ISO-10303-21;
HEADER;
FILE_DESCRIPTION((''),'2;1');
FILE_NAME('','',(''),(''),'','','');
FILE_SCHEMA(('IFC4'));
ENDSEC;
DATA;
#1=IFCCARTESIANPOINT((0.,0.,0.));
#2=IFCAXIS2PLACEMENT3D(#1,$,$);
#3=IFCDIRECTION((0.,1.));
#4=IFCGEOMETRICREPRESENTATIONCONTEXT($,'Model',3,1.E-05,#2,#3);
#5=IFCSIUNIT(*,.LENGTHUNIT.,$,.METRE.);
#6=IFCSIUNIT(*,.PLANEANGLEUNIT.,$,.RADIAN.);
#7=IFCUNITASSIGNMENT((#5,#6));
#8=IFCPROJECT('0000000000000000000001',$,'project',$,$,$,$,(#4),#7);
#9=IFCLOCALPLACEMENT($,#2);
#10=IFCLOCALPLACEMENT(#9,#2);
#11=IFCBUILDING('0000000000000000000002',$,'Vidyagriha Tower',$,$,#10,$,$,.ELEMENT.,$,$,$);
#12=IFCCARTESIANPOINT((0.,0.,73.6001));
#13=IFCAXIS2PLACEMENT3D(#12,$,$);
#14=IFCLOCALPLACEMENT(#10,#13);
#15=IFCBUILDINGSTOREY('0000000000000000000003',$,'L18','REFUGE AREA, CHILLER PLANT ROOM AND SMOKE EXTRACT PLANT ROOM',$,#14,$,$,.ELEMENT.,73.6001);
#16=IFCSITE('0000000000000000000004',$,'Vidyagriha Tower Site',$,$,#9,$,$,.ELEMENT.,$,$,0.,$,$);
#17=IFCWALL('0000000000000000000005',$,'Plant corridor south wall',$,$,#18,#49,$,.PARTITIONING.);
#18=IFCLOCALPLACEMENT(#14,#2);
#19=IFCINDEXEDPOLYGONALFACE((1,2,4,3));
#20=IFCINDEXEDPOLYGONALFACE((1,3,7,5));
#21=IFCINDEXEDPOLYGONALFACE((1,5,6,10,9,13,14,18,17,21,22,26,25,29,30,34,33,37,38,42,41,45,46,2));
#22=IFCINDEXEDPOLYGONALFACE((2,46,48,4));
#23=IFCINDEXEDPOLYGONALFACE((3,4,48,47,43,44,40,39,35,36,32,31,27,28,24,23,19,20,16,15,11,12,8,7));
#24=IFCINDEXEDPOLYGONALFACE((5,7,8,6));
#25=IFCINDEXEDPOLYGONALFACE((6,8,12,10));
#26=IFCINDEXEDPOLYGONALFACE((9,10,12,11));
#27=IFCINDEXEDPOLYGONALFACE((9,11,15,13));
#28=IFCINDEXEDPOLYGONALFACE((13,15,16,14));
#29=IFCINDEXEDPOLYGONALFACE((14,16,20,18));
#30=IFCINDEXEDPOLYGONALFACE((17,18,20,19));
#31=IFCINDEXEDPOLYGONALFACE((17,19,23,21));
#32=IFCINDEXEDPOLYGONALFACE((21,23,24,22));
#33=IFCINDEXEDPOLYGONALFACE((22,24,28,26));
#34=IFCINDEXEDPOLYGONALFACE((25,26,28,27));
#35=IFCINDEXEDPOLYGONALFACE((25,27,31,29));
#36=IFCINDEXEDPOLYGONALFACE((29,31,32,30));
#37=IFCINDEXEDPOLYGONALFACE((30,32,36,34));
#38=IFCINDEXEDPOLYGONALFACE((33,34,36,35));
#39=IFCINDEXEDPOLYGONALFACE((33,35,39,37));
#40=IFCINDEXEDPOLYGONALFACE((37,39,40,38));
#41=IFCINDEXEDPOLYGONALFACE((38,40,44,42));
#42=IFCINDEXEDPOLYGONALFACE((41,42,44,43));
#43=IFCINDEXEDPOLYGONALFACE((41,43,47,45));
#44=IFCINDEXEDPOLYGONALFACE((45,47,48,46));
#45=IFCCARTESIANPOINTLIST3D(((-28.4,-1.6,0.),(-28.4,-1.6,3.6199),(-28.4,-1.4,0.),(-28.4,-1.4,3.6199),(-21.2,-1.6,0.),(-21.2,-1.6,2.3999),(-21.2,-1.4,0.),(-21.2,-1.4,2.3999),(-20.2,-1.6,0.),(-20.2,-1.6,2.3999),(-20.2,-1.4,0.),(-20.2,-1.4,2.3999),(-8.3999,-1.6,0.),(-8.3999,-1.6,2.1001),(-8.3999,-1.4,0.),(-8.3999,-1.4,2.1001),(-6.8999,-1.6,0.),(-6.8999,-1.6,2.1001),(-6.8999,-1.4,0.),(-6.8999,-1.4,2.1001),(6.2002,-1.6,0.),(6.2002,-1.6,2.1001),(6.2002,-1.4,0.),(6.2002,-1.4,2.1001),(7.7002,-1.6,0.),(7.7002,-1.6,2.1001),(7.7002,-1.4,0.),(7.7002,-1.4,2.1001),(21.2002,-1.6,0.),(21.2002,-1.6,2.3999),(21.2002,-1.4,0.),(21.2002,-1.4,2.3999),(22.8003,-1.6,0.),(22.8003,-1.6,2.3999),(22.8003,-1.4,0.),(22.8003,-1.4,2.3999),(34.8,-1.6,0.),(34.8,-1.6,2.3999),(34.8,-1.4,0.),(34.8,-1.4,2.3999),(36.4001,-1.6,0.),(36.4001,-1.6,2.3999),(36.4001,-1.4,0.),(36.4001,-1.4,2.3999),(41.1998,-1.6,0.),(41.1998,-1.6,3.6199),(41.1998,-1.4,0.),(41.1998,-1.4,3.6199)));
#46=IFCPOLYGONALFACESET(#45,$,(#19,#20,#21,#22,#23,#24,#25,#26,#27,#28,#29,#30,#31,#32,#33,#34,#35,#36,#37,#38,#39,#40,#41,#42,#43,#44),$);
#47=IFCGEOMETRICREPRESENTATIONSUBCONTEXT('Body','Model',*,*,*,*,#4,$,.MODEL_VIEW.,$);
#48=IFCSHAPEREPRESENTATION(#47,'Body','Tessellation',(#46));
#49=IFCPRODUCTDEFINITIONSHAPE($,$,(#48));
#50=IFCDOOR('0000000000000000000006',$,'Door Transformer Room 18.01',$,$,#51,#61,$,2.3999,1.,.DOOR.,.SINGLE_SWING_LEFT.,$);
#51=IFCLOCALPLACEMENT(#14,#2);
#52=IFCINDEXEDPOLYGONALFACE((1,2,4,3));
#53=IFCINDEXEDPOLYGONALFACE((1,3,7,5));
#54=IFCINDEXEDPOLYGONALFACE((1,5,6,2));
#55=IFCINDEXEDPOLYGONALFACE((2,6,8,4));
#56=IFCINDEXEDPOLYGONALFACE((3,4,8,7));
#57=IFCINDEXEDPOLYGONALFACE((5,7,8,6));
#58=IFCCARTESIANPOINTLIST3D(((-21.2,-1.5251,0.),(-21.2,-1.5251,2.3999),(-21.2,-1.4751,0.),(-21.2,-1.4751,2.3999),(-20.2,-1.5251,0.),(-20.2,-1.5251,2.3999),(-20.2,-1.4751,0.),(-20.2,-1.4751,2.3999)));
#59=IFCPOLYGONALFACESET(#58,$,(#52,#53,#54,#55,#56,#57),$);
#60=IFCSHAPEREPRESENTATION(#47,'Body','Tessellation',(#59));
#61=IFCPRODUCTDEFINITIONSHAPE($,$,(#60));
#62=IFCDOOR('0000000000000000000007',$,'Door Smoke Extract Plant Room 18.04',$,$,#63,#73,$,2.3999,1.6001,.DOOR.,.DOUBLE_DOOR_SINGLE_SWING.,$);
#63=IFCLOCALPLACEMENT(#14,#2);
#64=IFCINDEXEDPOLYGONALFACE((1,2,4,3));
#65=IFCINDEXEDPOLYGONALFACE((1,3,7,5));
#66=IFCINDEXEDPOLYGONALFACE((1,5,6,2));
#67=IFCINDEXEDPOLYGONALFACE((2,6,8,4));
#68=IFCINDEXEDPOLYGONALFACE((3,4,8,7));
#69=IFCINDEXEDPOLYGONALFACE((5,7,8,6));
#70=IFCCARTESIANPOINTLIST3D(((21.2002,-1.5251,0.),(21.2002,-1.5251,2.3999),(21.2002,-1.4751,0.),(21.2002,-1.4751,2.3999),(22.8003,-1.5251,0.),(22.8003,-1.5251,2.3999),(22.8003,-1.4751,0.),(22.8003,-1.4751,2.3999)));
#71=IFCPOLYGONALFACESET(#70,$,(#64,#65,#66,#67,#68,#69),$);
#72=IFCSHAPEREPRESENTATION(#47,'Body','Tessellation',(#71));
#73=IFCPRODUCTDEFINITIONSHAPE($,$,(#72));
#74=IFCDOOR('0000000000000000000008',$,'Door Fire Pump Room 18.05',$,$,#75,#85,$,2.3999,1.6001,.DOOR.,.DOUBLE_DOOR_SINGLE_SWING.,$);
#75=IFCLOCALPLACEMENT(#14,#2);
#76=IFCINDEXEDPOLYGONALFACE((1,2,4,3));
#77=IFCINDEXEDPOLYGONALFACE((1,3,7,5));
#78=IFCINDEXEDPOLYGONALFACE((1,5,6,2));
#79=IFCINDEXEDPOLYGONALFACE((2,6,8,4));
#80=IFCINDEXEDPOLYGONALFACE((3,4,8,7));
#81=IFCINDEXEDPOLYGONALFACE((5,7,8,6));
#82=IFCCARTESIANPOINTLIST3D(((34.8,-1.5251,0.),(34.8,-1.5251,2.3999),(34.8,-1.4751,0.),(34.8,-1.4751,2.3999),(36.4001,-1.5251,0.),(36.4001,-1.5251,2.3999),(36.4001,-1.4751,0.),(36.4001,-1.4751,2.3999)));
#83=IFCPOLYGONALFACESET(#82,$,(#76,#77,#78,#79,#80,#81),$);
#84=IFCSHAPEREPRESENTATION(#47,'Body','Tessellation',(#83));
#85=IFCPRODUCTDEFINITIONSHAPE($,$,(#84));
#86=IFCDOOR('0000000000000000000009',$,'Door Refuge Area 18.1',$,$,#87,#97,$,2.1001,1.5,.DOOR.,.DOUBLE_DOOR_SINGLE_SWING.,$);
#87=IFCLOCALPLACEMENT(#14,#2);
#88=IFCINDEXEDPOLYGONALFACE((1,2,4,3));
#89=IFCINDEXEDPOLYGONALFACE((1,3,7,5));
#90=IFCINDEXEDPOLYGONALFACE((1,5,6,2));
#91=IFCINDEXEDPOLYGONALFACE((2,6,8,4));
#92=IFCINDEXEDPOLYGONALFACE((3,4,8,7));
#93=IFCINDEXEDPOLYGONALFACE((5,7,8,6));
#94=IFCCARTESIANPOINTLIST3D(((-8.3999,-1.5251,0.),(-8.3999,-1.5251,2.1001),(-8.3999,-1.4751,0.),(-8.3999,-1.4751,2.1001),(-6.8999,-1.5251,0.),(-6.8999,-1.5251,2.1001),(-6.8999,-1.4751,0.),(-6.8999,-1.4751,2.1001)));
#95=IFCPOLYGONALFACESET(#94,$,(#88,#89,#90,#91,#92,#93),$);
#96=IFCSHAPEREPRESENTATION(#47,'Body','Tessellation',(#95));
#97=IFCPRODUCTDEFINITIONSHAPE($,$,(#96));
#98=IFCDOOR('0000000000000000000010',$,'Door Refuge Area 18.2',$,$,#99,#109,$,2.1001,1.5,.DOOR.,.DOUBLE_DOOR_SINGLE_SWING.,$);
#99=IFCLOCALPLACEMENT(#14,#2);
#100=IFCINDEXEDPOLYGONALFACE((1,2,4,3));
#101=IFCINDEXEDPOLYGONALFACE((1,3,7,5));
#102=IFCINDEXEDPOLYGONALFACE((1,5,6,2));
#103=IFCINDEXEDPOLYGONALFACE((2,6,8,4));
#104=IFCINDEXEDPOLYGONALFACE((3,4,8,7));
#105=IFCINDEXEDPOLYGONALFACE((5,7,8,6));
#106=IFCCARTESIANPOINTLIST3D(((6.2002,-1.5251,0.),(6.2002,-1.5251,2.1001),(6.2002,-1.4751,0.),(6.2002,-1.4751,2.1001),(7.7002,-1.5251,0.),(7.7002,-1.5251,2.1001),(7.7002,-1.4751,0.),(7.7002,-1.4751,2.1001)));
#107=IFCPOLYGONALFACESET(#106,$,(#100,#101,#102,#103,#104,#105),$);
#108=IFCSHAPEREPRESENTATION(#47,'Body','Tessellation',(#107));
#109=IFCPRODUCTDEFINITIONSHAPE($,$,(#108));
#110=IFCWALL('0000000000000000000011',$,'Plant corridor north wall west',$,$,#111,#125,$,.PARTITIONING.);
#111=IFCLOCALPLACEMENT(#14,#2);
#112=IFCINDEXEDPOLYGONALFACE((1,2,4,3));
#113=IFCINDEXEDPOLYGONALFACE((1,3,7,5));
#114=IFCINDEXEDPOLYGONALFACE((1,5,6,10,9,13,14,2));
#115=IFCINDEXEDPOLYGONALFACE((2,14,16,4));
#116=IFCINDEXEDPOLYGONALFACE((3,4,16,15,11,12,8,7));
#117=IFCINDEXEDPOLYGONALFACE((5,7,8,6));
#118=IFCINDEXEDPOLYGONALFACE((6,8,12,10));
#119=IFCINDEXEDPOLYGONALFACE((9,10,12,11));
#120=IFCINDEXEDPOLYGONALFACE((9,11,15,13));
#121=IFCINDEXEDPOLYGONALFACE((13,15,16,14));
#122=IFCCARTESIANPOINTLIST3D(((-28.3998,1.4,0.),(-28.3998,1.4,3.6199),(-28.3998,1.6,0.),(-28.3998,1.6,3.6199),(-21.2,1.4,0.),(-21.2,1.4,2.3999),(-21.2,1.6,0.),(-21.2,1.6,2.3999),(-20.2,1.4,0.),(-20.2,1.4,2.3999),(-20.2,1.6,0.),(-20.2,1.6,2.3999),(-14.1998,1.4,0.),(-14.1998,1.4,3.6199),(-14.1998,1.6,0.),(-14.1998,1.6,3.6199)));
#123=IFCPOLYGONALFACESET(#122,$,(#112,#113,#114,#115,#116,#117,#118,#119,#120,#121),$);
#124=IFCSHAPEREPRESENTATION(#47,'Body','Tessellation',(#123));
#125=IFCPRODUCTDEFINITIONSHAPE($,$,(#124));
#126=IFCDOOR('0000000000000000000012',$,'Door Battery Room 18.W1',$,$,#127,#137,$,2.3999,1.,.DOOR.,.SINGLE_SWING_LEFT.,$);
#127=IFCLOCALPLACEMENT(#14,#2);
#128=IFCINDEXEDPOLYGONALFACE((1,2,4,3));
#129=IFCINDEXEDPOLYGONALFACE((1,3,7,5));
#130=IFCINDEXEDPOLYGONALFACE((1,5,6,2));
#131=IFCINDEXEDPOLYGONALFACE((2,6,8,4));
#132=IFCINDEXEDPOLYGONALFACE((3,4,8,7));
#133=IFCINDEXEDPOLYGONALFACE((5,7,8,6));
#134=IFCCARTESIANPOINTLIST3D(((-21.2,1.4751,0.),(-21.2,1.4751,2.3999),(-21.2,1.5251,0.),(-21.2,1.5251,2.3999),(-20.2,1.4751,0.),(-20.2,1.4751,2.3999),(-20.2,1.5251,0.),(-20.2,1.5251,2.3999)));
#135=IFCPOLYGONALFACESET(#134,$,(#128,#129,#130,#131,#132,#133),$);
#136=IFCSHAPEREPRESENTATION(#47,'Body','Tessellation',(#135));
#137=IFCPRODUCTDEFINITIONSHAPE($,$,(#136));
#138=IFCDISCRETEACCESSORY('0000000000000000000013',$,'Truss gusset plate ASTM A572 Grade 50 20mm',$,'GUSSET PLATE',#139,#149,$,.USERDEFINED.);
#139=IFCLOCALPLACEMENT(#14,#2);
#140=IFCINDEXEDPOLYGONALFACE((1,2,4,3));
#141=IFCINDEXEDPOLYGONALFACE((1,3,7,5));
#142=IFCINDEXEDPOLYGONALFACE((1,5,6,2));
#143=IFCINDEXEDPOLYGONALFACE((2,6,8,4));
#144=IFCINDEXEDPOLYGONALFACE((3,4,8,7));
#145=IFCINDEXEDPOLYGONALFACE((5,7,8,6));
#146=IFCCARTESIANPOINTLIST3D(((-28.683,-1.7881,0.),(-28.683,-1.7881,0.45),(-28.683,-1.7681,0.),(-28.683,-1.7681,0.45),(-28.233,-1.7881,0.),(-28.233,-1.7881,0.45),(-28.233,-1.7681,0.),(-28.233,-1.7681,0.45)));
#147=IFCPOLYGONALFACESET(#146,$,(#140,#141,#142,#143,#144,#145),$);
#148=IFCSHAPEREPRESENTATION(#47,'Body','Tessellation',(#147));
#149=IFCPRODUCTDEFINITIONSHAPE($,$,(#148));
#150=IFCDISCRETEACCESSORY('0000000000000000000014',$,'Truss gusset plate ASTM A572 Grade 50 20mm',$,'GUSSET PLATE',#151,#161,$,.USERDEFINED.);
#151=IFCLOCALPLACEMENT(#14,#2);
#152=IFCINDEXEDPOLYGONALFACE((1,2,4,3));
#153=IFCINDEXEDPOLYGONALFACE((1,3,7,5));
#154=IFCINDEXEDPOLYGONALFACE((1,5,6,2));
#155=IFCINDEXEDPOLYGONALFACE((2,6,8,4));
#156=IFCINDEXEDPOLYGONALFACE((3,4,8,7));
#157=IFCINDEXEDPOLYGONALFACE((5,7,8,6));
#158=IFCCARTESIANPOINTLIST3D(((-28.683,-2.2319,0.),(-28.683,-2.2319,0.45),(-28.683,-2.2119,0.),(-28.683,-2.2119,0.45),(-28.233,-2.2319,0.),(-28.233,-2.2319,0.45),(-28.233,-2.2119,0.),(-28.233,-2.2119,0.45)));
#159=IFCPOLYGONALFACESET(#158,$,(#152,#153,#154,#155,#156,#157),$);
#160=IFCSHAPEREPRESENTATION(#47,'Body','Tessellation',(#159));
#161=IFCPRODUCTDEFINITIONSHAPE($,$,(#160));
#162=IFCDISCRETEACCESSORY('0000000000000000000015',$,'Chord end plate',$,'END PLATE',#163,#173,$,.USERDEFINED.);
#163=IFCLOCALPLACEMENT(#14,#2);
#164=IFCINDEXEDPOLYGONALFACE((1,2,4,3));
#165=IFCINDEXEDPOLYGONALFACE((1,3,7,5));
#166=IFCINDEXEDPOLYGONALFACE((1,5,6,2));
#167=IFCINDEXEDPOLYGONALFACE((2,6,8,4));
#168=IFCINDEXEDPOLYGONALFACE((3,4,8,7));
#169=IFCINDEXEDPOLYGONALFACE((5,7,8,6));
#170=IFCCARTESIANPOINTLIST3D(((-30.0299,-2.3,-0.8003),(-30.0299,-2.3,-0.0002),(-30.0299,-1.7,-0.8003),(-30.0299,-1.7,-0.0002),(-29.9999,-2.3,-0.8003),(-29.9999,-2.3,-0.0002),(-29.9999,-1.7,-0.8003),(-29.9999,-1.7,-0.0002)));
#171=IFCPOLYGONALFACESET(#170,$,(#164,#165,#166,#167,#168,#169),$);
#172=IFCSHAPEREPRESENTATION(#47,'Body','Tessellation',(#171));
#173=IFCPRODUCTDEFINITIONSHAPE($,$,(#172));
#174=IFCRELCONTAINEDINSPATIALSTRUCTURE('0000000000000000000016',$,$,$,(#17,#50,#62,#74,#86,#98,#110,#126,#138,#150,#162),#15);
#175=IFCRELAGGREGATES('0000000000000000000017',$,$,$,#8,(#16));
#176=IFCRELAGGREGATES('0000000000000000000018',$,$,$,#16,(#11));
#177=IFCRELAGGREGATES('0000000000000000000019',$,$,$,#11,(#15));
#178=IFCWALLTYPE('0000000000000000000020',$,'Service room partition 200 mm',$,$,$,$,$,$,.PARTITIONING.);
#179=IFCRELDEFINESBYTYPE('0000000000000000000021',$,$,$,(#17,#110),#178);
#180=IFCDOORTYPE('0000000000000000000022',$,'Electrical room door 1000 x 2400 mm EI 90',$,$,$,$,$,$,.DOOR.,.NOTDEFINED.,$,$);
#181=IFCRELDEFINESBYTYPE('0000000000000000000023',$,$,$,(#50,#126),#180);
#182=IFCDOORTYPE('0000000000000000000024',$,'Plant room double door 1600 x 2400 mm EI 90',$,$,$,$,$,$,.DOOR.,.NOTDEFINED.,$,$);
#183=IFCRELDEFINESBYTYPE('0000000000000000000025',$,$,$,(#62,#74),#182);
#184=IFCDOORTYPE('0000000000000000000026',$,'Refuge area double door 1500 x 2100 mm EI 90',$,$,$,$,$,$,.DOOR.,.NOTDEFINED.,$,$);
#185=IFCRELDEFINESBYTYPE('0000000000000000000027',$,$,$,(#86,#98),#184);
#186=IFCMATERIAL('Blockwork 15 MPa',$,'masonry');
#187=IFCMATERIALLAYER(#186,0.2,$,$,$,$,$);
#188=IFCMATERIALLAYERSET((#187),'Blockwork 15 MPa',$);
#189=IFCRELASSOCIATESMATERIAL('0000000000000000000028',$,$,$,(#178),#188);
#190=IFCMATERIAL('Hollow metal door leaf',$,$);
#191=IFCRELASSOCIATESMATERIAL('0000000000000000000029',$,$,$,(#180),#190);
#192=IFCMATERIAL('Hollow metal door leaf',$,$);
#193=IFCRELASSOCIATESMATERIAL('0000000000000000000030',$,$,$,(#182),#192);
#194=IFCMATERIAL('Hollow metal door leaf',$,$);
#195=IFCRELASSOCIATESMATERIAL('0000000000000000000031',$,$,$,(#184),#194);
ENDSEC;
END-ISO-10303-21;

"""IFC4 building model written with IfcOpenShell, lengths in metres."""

from ifc_helpers import new_model, si_unit, direction, frame, frame_2d, origin, origin_2d, place, context, subcontext, project, spatial, rectangle, extrude, material, layer, layer_set, type_object, element, fill, save


model = new_model("IFC4")

# Units and contexts
model_context = context("Model", 3, precision=1e-05, world=origin(), true_north=direction((0.0, 1.0)))
body_context = subcontext(model_context, "Body", "Model", "MODEL_VIEW")
ifc_project = project(units=[si_unit("LENGTHUNIT", "METRE"), si_unit("PLANEANGLEUNIT", "RADIAN")], contexts=[model_context])

# Site, building, storey
site_placement = place(None, origin())
site = spatial("IfcSite", under=ifc_project, at=site_placement, Name="Vidyagriha Tower Site", CompositionType="ELEMENT", RefElevation=0.0)
building_placement = place(site_placement, origin())
building = spatial("IfcBuilding", under=site, at=building_placement, Name="Vidyagriha Tower", CompositionType="ELEMENT")
storey_placement = place(building_placement, frame((0.0, 0.0, 73.6001)))
storey = spatial("IfcBuildingStorey", under=building, at=storey_placement, Name="L18", Description="REFUGE AREA, CHILLER PLANT ROOM AND SMOKE EXTRACT PLANT ROOM", CompositionType="ELEMENT", Elevation=73.6001)

# Wall, openings, doors
ifc_material_1 = material(Name="Blockwork 15 MPa", Category="masonry")
ifc_layer_1 = layer(ifc_material_1, 0.2)
ifc_layer_set_1 = layer_set([ifc_layer_1], Name="Blockwork 15 MPa")
wall_type_1 = type_object("IfcWallType", Name="Service room partition 200 mm", PredefinedType="PARTITIONING", material=ifc_layer_set_1)
wall_1_placement = place(storey_placement, frame((-28.3999, -1.5, 0.0)))
wall_1 = element("IfcWall", 1, at=wall_1_placement, inside=storey, type_object=wall_type_1, Name="Plant corridor south wall", PredefinedType="PARTITIONING", context=body_context, shape_type="SweptSolid", body=[
    extrude(rectangle(XDim=69.5999, YDim=0.2, at=frame_2d((34.7998, 0.0))), origin(), (0.0, 0.0, 1.0), 3.6199),
])
opening_1_placement = place(wall_1_placement, frame((7.2, 0.0, 0.0)))
opening_1 = element("IfcOpeningElement", 2, at=opening_1_placement, cuts=wall_1, PredefinedType="OPENING", context=body_context, shape_type="SweptSolid", body=[
    extrude(rectangle(XDim=1.0, YDim=2.3999, at=frame_2d((0.5, 1.2))), frame((0.0, 0.1099, 0.0), z_axis=(0.0, -1.0, 0.0), x_axis=(1.0, 0.0, 0.0)), (0.0, 0.0, 1.0), 0.22),
])
opening_2_placement = place(wall_1_placement, frame((20.0, 0.0, 0.0)))
opening_2 = element("IfcOpeningElement", 3, at=opening_2_placement, cuts=wall_1, PredefinedType="OPENING", context=body_context, shape_type="SweptSolid", body=[
    extrude(rectangle(XDim=1.5, YDim=2.1001, at=frame_2d((0.75, 1.05))), frame((0.0, 0.1099, 0.0), z_axis=(0.0, -1.0, 0.0), x_axis=(1.0, 0.0, 0.0)), (0.0, 0.0, 1.0), 0.22),
])
opening_3_placement = place(wall_1_placement, frame((34.6001, 0.0, 0.0)))
opening_3 = element("IfcOpeningElement", 4, at=opening_3_placement, cuts=wall_1, PredefinedType="OPENING", context=body_context, shape_type="SweptSolid", body=[
    extrude(rectangle(XDim=1.5, YDim=2.1001, at=frame_2d((0.75, 1.05))), frame((0.0, 0.1099, 0.0), z_axis=(0.0, -1.0, 0.0), x_axis=(1.0, 0.0, 0.0)), (0.0, 0.0, 1.0), 0.22),
])
opening_4_placement = place(wall_1_placement, frame((49.6001, 0.0, 0.0)))
opening_4 = element("IfcOpeningElement", 5, at=opening_4_placement, cuts=wall_1, PredefinedType="OPENING", context=body_context, shape_type="SweptSolid", body=[
    extrude(rectangle(XDim=1.6001, YDim=2.3999, at=frame_2d((0.8, 1.2))), frame((0.0, 0.1099, 0.0), z_axis=(0.0, -1.0, 0.0), x_axis=(1.0, 0.0, 0.0)), (0.0, 0.0, 1.0), 0.22),
])
opening_5_placement = place(wall_1_placement, frame((63.2, 0.0, 0.0)))
opening_5 = element("IfcOpeningElement", 6, at=opening_5_placement, cuts=wall_1, PredefinedType="OPENING", context=body_context, shape_type="SweptSolid", body=[
    extrude(rectangle(XDim=1.6001, YDim=2.3999, at=frame_2d((0.8, 1.2))), frame((0.0, 0.1099, 0.0), z_axis=(0.0, -1.0, 0.0), x_axis=(1.0, 0.0, 0.0)), (0.0, 0.0, 1.0), 0.22),
])
ifc_material_2 = material(Name="Hollow metal door leaf")
door_type_1 = type_object("IfcDoorType", Name="Electrical room door 1000 x 2400 mm EI 90", OperationType="NOTDEFINED", PredefinedType="DOOR", material=ifc_material_2)
door_1_placement = place(opening_1_placement, origin())
door_1 = element("IfcDoor", 7, at=door_1_placement, inside=storey, type_object=door_type_1, Name="Door Transformer Room 18.01", OperationType="SINGLE_SWING_LEFT", OverallHeight=2.3999, OverallWidth=1.0, PredefinedType="DOOR", context=body_context, shape_type="SweptSolid", body=[
    extrude(rectangle(XDim=1.0, YDim=2.3999, at=frame_2d((0.5, 1.2))), frame((0.0, 0.0249, 0.0), z_axis=(0.0, -1.0, 0.0), x_axis=(1.0, 0.0, 0.0)), (0.0, 0.0, 1.0), 0.05),
])
fill(opening_1, door_1)
ifc_material_3 = material(Name="Hollow metal door leaf")
door_type_2 = type_object("IfcDoorType", Name="Plant room double door 1600 x 2400 mm EI 90", OperationType="NOTDEFINED", PredefinedType="DOOR", material=ifc_material_3)
door_2_placement = place(opening_4_placement, origin())
door_2 = element("IfcDoor", 8, at=door_2_placement, inside=storey, type_object=door_type_2, Name="Door Smoke Extract Plant Room 18.04", OperationType="DOUBLE_DOOR_SINGLE_SWING", OverallHeight=2.3999, OverallWidth=1.6001, PredefinedType="DOOR", context=body_context, shape_type="SweptSolid", body=[
    extrude(rectangle(XDim=1.6001, YDim=2.3999, at=frame_2d((0.8, 1.2))), frame((0.0, 0.0249, 0.0), z_axis=(0.0, -1.0, 0.0), x_axis=(1.0, 0.0, 0.0)), (0.0, 0.0, 1.0), 0.05),
])
fill(opening_4, door_2)
door_3_placement = place(opening_5_placement, origin())
door_3 = element("IfcDoor", 9, at=door_3_placement, inside=storey, type_object=door_type_2, Name="Door Fire Pump Room 18.05", OperationType="DOUBLE_DOOR_SINGLE_SWING", OverallHeight=2.3999, OverallWidth=1.6001, PredefinedType="DOOR", context=body_context, shape_type="SweptSolid", body=[
    extrude(rectangle(XDim=1.6001, YDim=2.3999, at=frame_2d((0.8, 1.2))), frame((0.0, 0.0249, 0.0), z_axis=(0.0, -1.0, 0.0), x_axis=(1.0, 0.0, 0.0)), (0.0, 0.0, 1.0), 0.05),
])
fill(opening_5, door_3)
ifc_material_4 = material(Name="Hollow metal door leaf")
door_type_3 = type_object("IfcDoorType", Name="Refuge area double door 1500 x 2100 mm EI 90", OperationType="NOTDEFINED", PredefinedType="DOOR", material=ifc_material_4)
door_4_placement = place(opening_2_placement, origin())
door_4 = element("IfcDoor", 10, at=door_4_placement, inside=storey, type_object=door_type_3, Name="Door Refuge Area 18.1", OperationType="DOUBLE_DOOR_SINGLE_SWING", OverallHeight=2.1001, OverallWidth=1.5, PredefinedType="DOOR", context=body_context, shape_type="SweptSolid", body=[
    extrude(rectangle(XDim=1.5, YDim=2.1001, at=frame_2d((0.75, 1.05))), frame((0.0, 0.0249, 0.0), z_axis=(0.0, -1.0, 0.0), x_axis=(1.0, 0.0, 0.0)), (0.0, 0.0, 1.0), 0.05),
])
fill(opening_2, door_4)
door_5_placement = place(opening_3_placement, origin())
door_5 = element("IfcDoor", 11, at=door_5_placement, inside=storey, type_object=door_type_3, Name="Door Refuge Area 18.2", OperationType="DOUBLE_DOOR_SINGLE_SWING", OverallHeight=2.1001, OverallWidth=1.5, PredefinedType="DOOR", context=body_context, shape_type="SweptSolid", body=[
    extrude(rectangle(XDim=1.5, YDim=2.1001, at=frame_2d((0.75, 1.05))), frame((0.0, 0.0249, 0.0), z_axis=(0.0, -1.0, 0.0), x_axis=(1.0, 0.0, 0.0)), (0.0, 0.0, 1.0), 0.05),
])
fill(opening_3, door_5)

# Wall, opening, door
wall_2_placement = place(storey_placement, frame((-28.3999, 1.5, 0.0)))
wall_2 = element("IfcWall", 12, at=wall_2_placement, inside=storey, type_object=wall_type_1, Name="Plant corridor north wall west", PredefinedType="PARTITIONING", context=body_context, shape_type="SweptSolid", body=[
    extrude(rectangle(XDim=14.2, YDim=0.2, at=frame_2d((7.1001, 0.0))), origin(), (0.0, 0.0, 1.0), 3.6199),
])
opening_6_placement = place(wall_2_placement, frame((7.2, 0.0, 0.0)))
opening_6 = element("IfcOpeningElement", 13, at=opening_6_placement, cuts=wall_2, PredefinedType="OPENING", context=body_context, shape_type="SweptSolid", body=[
    extrude(rectangle(XDim=1.0, YDim=2.3999, at=frame_2d((0.5, 1.2))), frame((0.0, 0.1099, 0.0), z_axis=(0.0, -1.0, 0.0), x_axis=(1.0, 0.0, 0.0)), (0.0, 0.0, 1.0), 0.22),
])
door_6_placement = place(opening_6_placement, frame((1.0, 0.0, 0.0), z_axis=(0.0, 0.0, 1.0), x_axis=(-1.0, 0.0, 0.0)))
door_6 = element("IfcDoor", 14, at=door_6_placement, inside=storey, type_object=door_type_1, Name="Door Battery Room 18.W1", OperationType="SINGLE_SWING_LEFT", OverallHeight=2.3999, OverallWidth=1.0, PredefinedType="DOOR", context=body_context, shape_type="SweptSolid", body=[
    extrude(rectangle(XDim=1.0, YDim=2.3999, at=frame_2d((0.5, 1.2))), frame((0.0, 0.0249, 0.0), z_axis=(0.0, -1.0, 0.0), x_axis=(1.0, 0.0, 0.0)), (0.0, 0.0, 1.0), 0.05),
])
fill(opening_6, door_6)

# Discrete accessories
for number, where, name in (
    (15, (-28.458, -1.7781, 0.0), "Truss gusset plate ASTM A572 Grade 50 20mm"),
    (16, (-28.458, -2.2219, 0.0), "Truss gusset plate ASTM A572 Grade 50 20mm"),
):
    element("IfcDiscreteAccessory", number, at=place(storey_placement, frame(where)), inside=storey, Name=name, ObjectType="GUSSET PLATE", PredefinedType="USERDEFINED", context=body_context, shape_type="SweptSolid", body=[
        extrude(rectangle(XDim=0.45, YDim=0.02, at=origin_2d()), origin(), (0.0, 0.0, 1.0), 0.45),
    ])
discrete_accessory_1_placement = place(storey_placement, frame((-30.0149, -2.0, -0.8003), z_axis=(0.0, 0.0, 1.0), x_axis=(-1.0, 0.0, 0.0)))
element("IfcDiscreteAccessory", 17, at=discrete_accessory_1_placement, inside=storey, Name="Chord end plate", ObjectType="END PLATE", PredefinedType="USERDEFINED", context=body_context, shape_type="SweptSolid", body=[
    extrude(rectangle(XDim=0.03, YDim=0.6001, at=origin_2d()), origin(), (0.0, 0.0, 1.0), 0.8),
])

save(model, "model.ifc")
